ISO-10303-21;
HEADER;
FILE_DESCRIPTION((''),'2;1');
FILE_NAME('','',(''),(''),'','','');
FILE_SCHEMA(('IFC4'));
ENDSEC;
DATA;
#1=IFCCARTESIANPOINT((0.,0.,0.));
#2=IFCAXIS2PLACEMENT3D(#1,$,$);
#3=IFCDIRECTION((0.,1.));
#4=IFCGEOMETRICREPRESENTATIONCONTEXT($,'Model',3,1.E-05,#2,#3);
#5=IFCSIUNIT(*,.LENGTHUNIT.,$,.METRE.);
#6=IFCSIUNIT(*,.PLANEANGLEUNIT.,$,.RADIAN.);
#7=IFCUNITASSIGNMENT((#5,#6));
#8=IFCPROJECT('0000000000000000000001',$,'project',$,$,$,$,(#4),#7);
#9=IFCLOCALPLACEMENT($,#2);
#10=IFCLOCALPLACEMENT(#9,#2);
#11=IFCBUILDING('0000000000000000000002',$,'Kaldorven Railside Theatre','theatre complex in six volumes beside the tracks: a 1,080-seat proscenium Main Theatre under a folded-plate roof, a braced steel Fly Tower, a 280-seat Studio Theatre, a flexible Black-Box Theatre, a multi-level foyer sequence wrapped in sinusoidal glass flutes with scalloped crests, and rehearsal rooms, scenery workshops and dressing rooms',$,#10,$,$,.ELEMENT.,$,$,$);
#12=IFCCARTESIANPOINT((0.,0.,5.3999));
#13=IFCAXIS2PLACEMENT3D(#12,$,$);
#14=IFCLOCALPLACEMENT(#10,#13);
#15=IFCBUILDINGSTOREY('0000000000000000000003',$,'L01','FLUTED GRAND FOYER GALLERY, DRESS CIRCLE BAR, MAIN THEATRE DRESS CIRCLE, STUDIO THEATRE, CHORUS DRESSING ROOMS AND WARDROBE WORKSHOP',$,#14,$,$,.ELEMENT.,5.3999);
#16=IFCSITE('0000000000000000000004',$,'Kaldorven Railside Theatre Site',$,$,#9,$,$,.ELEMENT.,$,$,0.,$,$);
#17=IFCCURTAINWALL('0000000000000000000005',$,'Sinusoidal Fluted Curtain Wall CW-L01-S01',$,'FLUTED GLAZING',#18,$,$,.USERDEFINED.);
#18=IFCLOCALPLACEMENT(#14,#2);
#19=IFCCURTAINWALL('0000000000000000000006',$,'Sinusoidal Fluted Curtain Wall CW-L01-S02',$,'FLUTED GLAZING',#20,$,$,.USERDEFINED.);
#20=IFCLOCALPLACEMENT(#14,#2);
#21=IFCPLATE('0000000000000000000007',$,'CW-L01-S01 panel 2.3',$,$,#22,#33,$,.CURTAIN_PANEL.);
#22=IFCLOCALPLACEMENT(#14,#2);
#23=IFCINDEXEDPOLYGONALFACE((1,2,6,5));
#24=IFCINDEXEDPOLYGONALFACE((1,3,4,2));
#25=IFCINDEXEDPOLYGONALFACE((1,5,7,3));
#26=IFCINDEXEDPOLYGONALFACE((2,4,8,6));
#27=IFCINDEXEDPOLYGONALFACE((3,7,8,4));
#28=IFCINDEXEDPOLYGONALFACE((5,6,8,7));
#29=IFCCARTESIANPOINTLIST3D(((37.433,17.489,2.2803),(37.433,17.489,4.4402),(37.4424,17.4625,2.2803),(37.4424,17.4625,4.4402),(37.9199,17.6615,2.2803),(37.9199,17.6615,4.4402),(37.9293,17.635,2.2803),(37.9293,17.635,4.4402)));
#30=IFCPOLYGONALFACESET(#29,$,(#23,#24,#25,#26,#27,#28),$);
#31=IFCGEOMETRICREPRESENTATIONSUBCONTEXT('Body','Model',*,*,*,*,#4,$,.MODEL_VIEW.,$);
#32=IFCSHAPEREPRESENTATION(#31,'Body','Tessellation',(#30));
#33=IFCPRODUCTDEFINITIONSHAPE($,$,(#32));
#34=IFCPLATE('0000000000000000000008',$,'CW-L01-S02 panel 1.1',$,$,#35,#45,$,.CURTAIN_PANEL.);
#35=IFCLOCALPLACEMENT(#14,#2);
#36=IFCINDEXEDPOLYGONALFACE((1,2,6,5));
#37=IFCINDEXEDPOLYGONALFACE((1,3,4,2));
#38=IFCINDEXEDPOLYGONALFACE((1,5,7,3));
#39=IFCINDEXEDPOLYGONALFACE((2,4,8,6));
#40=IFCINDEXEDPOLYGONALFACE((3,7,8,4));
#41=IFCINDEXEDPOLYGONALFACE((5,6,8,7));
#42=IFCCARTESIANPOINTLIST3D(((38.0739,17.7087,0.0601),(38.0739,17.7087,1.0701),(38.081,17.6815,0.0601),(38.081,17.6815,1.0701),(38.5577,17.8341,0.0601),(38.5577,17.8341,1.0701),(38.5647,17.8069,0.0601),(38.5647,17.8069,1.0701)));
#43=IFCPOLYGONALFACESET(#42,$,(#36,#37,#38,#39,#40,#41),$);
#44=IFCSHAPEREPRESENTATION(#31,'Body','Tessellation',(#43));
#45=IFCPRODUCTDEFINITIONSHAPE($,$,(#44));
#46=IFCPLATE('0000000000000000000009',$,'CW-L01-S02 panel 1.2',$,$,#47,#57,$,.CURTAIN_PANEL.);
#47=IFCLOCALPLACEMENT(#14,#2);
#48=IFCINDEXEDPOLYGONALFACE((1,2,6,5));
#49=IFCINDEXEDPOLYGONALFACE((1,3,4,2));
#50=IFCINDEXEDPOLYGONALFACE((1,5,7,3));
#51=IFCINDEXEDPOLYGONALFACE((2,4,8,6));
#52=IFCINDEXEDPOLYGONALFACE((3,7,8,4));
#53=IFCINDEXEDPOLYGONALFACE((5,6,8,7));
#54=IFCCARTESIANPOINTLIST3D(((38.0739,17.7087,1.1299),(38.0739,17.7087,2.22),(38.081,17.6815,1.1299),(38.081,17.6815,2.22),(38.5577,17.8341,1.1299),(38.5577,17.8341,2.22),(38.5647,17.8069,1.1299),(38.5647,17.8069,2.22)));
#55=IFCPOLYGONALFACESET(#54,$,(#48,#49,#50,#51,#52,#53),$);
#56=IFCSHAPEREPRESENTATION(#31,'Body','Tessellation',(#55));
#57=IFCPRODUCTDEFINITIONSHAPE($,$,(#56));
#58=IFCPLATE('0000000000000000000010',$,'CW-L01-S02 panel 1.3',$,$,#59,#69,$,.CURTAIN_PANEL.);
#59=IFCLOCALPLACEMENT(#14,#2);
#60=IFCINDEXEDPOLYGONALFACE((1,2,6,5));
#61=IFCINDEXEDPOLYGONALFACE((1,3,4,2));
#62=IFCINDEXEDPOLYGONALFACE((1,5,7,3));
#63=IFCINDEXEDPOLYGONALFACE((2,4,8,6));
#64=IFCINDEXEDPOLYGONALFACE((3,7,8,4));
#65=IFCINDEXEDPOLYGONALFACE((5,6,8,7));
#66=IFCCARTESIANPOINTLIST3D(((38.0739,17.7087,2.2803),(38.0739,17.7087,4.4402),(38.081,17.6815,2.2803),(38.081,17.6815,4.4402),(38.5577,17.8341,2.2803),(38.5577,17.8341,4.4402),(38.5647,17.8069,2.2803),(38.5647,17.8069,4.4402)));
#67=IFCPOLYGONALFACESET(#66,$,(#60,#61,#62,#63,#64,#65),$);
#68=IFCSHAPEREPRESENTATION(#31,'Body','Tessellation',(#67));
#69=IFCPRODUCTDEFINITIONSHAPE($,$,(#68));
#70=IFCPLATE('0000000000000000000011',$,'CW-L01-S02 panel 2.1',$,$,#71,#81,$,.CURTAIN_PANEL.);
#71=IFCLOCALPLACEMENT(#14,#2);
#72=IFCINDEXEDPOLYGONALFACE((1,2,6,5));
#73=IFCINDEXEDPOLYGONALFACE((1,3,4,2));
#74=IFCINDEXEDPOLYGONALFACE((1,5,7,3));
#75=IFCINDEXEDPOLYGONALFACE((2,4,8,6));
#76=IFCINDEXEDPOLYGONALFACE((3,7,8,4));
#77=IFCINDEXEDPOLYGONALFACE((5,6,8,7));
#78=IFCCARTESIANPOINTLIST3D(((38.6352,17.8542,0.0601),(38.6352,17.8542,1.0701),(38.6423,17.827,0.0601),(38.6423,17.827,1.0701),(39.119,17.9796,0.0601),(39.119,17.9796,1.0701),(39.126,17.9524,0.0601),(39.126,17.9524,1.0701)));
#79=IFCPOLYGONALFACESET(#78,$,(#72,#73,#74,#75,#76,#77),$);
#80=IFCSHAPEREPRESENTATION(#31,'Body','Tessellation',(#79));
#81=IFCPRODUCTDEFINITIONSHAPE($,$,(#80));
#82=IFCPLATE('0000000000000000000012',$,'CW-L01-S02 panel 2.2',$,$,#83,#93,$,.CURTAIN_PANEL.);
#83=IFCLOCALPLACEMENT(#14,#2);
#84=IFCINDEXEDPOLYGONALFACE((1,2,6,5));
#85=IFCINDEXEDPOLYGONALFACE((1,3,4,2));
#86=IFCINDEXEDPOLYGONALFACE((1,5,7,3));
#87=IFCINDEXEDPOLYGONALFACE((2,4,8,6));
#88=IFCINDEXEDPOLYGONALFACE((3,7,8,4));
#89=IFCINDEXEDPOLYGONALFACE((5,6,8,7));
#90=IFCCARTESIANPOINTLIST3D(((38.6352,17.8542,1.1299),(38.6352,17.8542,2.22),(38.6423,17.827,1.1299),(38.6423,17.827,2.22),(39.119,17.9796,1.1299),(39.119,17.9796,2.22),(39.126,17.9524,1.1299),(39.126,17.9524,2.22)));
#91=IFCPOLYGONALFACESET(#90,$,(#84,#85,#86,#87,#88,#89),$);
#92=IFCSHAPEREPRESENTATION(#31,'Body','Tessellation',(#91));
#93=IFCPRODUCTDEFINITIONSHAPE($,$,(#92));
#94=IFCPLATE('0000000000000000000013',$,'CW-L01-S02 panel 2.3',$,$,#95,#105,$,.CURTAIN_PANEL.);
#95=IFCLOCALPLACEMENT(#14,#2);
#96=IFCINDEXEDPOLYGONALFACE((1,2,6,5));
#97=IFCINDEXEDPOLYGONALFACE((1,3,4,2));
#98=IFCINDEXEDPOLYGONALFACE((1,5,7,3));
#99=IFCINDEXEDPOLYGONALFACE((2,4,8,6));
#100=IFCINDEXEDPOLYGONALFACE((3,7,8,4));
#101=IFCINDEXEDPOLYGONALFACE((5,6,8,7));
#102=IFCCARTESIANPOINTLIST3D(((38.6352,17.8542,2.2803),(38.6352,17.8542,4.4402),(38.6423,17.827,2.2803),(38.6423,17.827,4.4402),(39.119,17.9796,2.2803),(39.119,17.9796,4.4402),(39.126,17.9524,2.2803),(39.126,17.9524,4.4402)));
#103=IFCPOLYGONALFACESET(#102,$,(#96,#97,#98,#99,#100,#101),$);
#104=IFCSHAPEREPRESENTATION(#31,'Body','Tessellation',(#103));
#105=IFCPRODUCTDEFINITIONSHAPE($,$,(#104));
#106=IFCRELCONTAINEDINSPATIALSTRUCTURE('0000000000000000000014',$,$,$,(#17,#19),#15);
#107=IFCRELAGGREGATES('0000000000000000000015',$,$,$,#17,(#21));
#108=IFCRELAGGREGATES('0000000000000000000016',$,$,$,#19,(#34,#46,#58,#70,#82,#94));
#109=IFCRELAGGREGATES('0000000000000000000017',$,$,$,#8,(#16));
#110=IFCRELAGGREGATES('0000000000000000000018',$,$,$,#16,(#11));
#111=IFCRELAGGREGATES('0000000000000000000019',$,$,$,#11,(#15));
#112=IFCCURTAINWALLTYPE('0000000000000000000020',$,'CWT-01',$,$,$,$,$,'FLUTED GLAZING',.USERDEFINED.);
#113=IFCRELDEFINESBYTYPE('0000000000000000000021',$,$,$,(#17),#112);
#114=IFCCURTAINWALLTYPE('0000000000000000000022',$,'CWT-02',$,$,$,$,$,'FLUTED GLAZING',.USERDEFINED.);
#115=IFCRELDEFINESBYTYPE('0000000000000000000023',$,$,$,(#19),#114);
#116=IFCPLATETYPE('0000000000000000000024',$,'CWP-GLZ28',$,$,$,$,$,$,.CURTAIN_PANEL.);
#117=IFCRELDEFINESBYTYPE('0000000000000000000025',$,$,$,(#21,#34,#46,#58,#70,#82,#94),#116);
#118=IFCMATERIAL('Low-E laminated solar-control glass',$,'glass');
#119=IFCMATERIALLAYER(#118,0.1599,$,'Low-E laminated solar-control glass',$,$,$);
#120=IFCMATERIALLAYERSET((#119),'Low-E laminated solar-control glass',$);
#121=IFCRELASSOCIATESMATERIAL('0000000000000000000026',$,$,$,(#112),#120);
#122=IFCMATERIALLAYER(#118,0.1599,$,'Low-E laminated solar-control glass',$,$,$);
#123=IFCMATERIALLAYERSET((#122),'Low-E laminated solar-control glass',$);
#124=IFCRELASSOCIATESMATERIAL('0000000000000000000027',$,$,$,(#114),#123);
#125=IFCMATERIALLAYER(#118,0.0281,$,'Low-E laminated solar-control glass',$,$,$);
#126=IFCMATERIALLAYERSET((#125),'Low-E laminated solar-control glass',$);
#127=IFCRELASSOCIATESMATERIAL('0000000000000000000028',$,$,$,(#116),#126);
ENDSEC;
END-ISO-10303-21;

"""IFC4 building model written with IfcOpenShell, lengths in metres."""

from ifc_helpers import new_model, si_unit, direction, frame, origin, origin_2d, place, context, subcontext, project, spatial, rectangle, extrude, material, layer, layer_set, type_object, element, aggregate, save


model = new_model("IFC4")

# Units and contexts
model_context = context("Model", 3, precision=1e-05, world=origin(), true_north=direction((0.0, 1.0)))
body_context = subcontext(model_context, "Body", "Model", "MODEL_VIEW")
ifc_project = project(units=[si_unit("LENGTHUNIT", "METRE"), si_unit("PLANEANGLEUNIT", "RADIAN")], contexts=[model_context])

# Site, building, storey
site_placement = place(None, origin())
site = spatial("IfcSite", under=ifc_project, at=site_placement, Name="Kaldorven Railside Theatre Site", CompositionType="ELEMENT", RefElevation=0.0)
building_placement = place(site_placement, origin())
building = spatial("IfcBuilding", under=site, at=building_placement, Name="Kaldorven Railside Theatre", Description="theatre complex in six volumes beside the tracks: a 1,080-seat proscenium Main Theatre under a folded-plate roof, a braced steel Fly Tower, a 280-seat Studio Theatre, a flexible Black-Box Theatre, a multi-level foyer sequence wrapped in sinusoidal glass flutes with scalloped crests, and rehearsal rooms, scenery workshops and dressing rooms", CompositionType="ELEMENT")
storey_placement = place(building_placement, frame((0.0, 0.0, 5.3999)))
storey = spatial("IfcBuildingStorey", under=building, at=storey_placement, Name="L01", Description="FLUTED GRAND FOYER GALLERY, DRESS CIRCLE BAR, MAIN THEATRE DRESS CIRCLE, STUDIO THEATRE, CHORUS DRESSING ROOMS AND WARDROBE WORKSHOP", CompositionType="ELEMENT", Elevation=5.3999)

# Curtain wall
ifc_material_1 = material(Name="Low-E laminated solar-control glass", Category="glass")
ifc_layer_1 = layer(ifc_material_1, 0.1599, Name="Low-E laminated solar-control glass")
ifc_layer_set_1 = layer_set([ifc_layer_1], Name="Low-E laminated solar-control glass")
curtain_wall_type_1 = type_object("IfcCurtainWallType", Name="CWT-01", ElementType="FLUTED GLAZING", PredefinedType="USERDEFINED", material=ifc_layer_set_1)
curtain_wall_1_placement = place(storey_placement, origin())
curtain_wall_1 = element("IfcCurtainWall", 1, at=curtain_wall_1_placement, inside=storey, type_object=curtain_wall_type_1, Name="Sinusoidal Fluted Curtain Wall CW-L01-S01", ObjectType="FLUTED GLAZING", PredefinedType="USERDEFINED")

# Curtain wall
ifc_layer_2 = layer(ifc_material_1, 0.1599, Name="Low-E laminated solar-control glass")
ifc_layer_set_2 = layer_set([ifc_layer_2], Name="Low-E laminated solar-control glass")
curtain_wall_type_2 = type_object("IfcCurtainWallType", Name="CWT-02", ElementType="FLUTED GLAZING", PredefinedType="USERDEFINED", material=ifc_layer_set_2)
curtain_wall_2_placement = place(storey_placement, origin())
curtain_wall_2 = element("IfcCurtainWall", 2, at=curtain_wall_2_placement, inside=storey, type_object=curtain_wall_type_2, Name="Sinusoidal Fluted Curtain Wall CW-L01-S02", ObjectType="FLUTED GLAZING", PredefinedType="USERDEFINED")

# Plates
ifc_layer_3 = layer(ifc_material_1, 0.0281, Name="Low-E laminated solar-control glass")
ifc_layer_set_3 = layer_set([ifc_layer_3], Name="Low-E laminated solar-control glass")
plate_type = type_object("IfcPlateType", Name="CWP-GLZ28", PredefinedType="CURTAIN_PANEL", material=ifc_layer_set_3)
plate_1_placement = place(storey_placement, frame((37.6812, 17.562, 2.2803), z_axis=(0.0, 0.0, 1.0), x_axis=(0.942627, 0.333847, 0.0)))
plate_1 = element("IfcPlate", 3, at=plate_1_placement, type_object=plate_type, Name="CW-L01-S01 panel 2.3", PredefinedType="CURTAIN_PANEL", context=body_context, shape_type="SweptSolid", body=[
    extrude(rectangle(XDim=0.5166, YDim=0.0281, at=origin_2d()), origin(), (0.0, 0.0, 1.0), 2.1599),
])
aggregate(curtain_wall_1, [plate_1])
plate_2_placement = place(storey_placement, frame((38.3193, 17.7578, 0.0601), z_axis=(0.0, 0.0, 1.0), x_axis=(0.967999, 0.250954, 0.0)))
plate_2 = element("IfcPlate", 4, at=plate_2_placement, type_object=plate_type, Name="CW-L01-S02 panel 1.1", PredefinedType="CURTAIN_PANEL", context=body_context, shape_type="SweptSolid", body=[
    extrude(rectangle(XDim=0.4998, YDim=0.0281, at=origin_2d()), origin(), (0.0, 0.0, 1.0), 1.01),
])
plate_3_placement = place(storey_placement, frame((38.3193, 17.7578, 1.1299), z_axis=(0.0, 0.0, 1.0), x_axis=(0.967999, 0.250954, 0.0)))
plate_3 = element("IfcPlate", 5, at=plate_3_placement, type_object=plate_type, Name="CW-L01-S02 panel 1.2", PredefinedType="CURTAIN_PANEL", context=body_context, shape_type="SweptSolid", body=[
    extrude(rectangle(XDim=0.4998, YDim=0.0281, at=origin_2d()), origin(), (0.0, 0.0, 1.0), 1.0901),
])
plate_4_placement = place(storey_placement, frame((38.3193, 17.7578, 2.2803), z_axis=(0.0, 0.0, 1.0), x_axis=(0.967999, 0.250954, 0.0)))
plate_4 = element("IfcPlate", 6, at=plate_4_placement, type_object=plate_type, Name="CW-L01-S02 panel 1.3", PredefinedType="CURTAIN_PANEL", context=body_context, shape_type="SweptSolid", body=[
    extrude(rectangle(XDim=0.4998, YDim=0.0281, at=origin_2d()), origin(), (0.0, 0.0, 1.0), 2.1599),
])
plate_5_placement = place(storey_placement, frame((38.8806, 17.9033, 0.0601), z_axis=(0.0, 0.0, 1.0), x_axis=(0.967999, 0.250954, 0.0)))
plate_5 = element("IfcPlate", 7, at=plate_5_placement, type_object=plate_type, Name="CW-L01-S02 panel 2.1", PredefinedType="CURTAIN_PANEL", context=body_context, shape_type="SweptSolid", body=[
    extrude(rectangle(XDim=0.4998, YDim=0.0281, at=origin_2d()), origin(), (0.0, 0.0, 1.0), 1.01),
])
plate_6_placement = place(storey_placement, frame((38.8806, 17.9033, 1.1299), z_axis=(0.0, 0.0, 1.0), x_axis=(0.967999, 0.250954, 0.0)))
plate_6 = element("IfcPlate", 8, at=plate_6_placement, type_object=plate_type, Name="CW-L01-S02 panel 2.2", PredefinedType="CURTAIN_PANEL", context=body_context, shape_type="SweptSolid", body=[
    extrude(rectangle(XDim=0.4998, YDim=0.0281, at=origin_2d()), origin(), (0.0, 0.0, 1.0), 1.0901),
])
plate_7_placement = place(storey_placement, frame((38.8806, 17.9033, 2.2803), z_axis=(0.0, 0.0, 1.0), x_axis=(0.967999, 0.250954, 0.0)))
plate_7 = element("IfcPlate", 9, at=plate_7_placement, type_object=plate_type, Name="CW-L01-S02 panel 2.3", PredefinedType="CURTAIN_PANEL", context=body_context, shape_type="SweptSolid", body=[
    extrude(rectangle(XDim=0.4998, YDim=0.0281, at=origin_2d()), origin(), (0.0, 0.0, 1.0), 2.1599),
])
aggregate(curtain_wall_2, [plate_2, plate_3, plate_4, plate_5, plate_6, plate_7])

save(model, "model.ifc")
